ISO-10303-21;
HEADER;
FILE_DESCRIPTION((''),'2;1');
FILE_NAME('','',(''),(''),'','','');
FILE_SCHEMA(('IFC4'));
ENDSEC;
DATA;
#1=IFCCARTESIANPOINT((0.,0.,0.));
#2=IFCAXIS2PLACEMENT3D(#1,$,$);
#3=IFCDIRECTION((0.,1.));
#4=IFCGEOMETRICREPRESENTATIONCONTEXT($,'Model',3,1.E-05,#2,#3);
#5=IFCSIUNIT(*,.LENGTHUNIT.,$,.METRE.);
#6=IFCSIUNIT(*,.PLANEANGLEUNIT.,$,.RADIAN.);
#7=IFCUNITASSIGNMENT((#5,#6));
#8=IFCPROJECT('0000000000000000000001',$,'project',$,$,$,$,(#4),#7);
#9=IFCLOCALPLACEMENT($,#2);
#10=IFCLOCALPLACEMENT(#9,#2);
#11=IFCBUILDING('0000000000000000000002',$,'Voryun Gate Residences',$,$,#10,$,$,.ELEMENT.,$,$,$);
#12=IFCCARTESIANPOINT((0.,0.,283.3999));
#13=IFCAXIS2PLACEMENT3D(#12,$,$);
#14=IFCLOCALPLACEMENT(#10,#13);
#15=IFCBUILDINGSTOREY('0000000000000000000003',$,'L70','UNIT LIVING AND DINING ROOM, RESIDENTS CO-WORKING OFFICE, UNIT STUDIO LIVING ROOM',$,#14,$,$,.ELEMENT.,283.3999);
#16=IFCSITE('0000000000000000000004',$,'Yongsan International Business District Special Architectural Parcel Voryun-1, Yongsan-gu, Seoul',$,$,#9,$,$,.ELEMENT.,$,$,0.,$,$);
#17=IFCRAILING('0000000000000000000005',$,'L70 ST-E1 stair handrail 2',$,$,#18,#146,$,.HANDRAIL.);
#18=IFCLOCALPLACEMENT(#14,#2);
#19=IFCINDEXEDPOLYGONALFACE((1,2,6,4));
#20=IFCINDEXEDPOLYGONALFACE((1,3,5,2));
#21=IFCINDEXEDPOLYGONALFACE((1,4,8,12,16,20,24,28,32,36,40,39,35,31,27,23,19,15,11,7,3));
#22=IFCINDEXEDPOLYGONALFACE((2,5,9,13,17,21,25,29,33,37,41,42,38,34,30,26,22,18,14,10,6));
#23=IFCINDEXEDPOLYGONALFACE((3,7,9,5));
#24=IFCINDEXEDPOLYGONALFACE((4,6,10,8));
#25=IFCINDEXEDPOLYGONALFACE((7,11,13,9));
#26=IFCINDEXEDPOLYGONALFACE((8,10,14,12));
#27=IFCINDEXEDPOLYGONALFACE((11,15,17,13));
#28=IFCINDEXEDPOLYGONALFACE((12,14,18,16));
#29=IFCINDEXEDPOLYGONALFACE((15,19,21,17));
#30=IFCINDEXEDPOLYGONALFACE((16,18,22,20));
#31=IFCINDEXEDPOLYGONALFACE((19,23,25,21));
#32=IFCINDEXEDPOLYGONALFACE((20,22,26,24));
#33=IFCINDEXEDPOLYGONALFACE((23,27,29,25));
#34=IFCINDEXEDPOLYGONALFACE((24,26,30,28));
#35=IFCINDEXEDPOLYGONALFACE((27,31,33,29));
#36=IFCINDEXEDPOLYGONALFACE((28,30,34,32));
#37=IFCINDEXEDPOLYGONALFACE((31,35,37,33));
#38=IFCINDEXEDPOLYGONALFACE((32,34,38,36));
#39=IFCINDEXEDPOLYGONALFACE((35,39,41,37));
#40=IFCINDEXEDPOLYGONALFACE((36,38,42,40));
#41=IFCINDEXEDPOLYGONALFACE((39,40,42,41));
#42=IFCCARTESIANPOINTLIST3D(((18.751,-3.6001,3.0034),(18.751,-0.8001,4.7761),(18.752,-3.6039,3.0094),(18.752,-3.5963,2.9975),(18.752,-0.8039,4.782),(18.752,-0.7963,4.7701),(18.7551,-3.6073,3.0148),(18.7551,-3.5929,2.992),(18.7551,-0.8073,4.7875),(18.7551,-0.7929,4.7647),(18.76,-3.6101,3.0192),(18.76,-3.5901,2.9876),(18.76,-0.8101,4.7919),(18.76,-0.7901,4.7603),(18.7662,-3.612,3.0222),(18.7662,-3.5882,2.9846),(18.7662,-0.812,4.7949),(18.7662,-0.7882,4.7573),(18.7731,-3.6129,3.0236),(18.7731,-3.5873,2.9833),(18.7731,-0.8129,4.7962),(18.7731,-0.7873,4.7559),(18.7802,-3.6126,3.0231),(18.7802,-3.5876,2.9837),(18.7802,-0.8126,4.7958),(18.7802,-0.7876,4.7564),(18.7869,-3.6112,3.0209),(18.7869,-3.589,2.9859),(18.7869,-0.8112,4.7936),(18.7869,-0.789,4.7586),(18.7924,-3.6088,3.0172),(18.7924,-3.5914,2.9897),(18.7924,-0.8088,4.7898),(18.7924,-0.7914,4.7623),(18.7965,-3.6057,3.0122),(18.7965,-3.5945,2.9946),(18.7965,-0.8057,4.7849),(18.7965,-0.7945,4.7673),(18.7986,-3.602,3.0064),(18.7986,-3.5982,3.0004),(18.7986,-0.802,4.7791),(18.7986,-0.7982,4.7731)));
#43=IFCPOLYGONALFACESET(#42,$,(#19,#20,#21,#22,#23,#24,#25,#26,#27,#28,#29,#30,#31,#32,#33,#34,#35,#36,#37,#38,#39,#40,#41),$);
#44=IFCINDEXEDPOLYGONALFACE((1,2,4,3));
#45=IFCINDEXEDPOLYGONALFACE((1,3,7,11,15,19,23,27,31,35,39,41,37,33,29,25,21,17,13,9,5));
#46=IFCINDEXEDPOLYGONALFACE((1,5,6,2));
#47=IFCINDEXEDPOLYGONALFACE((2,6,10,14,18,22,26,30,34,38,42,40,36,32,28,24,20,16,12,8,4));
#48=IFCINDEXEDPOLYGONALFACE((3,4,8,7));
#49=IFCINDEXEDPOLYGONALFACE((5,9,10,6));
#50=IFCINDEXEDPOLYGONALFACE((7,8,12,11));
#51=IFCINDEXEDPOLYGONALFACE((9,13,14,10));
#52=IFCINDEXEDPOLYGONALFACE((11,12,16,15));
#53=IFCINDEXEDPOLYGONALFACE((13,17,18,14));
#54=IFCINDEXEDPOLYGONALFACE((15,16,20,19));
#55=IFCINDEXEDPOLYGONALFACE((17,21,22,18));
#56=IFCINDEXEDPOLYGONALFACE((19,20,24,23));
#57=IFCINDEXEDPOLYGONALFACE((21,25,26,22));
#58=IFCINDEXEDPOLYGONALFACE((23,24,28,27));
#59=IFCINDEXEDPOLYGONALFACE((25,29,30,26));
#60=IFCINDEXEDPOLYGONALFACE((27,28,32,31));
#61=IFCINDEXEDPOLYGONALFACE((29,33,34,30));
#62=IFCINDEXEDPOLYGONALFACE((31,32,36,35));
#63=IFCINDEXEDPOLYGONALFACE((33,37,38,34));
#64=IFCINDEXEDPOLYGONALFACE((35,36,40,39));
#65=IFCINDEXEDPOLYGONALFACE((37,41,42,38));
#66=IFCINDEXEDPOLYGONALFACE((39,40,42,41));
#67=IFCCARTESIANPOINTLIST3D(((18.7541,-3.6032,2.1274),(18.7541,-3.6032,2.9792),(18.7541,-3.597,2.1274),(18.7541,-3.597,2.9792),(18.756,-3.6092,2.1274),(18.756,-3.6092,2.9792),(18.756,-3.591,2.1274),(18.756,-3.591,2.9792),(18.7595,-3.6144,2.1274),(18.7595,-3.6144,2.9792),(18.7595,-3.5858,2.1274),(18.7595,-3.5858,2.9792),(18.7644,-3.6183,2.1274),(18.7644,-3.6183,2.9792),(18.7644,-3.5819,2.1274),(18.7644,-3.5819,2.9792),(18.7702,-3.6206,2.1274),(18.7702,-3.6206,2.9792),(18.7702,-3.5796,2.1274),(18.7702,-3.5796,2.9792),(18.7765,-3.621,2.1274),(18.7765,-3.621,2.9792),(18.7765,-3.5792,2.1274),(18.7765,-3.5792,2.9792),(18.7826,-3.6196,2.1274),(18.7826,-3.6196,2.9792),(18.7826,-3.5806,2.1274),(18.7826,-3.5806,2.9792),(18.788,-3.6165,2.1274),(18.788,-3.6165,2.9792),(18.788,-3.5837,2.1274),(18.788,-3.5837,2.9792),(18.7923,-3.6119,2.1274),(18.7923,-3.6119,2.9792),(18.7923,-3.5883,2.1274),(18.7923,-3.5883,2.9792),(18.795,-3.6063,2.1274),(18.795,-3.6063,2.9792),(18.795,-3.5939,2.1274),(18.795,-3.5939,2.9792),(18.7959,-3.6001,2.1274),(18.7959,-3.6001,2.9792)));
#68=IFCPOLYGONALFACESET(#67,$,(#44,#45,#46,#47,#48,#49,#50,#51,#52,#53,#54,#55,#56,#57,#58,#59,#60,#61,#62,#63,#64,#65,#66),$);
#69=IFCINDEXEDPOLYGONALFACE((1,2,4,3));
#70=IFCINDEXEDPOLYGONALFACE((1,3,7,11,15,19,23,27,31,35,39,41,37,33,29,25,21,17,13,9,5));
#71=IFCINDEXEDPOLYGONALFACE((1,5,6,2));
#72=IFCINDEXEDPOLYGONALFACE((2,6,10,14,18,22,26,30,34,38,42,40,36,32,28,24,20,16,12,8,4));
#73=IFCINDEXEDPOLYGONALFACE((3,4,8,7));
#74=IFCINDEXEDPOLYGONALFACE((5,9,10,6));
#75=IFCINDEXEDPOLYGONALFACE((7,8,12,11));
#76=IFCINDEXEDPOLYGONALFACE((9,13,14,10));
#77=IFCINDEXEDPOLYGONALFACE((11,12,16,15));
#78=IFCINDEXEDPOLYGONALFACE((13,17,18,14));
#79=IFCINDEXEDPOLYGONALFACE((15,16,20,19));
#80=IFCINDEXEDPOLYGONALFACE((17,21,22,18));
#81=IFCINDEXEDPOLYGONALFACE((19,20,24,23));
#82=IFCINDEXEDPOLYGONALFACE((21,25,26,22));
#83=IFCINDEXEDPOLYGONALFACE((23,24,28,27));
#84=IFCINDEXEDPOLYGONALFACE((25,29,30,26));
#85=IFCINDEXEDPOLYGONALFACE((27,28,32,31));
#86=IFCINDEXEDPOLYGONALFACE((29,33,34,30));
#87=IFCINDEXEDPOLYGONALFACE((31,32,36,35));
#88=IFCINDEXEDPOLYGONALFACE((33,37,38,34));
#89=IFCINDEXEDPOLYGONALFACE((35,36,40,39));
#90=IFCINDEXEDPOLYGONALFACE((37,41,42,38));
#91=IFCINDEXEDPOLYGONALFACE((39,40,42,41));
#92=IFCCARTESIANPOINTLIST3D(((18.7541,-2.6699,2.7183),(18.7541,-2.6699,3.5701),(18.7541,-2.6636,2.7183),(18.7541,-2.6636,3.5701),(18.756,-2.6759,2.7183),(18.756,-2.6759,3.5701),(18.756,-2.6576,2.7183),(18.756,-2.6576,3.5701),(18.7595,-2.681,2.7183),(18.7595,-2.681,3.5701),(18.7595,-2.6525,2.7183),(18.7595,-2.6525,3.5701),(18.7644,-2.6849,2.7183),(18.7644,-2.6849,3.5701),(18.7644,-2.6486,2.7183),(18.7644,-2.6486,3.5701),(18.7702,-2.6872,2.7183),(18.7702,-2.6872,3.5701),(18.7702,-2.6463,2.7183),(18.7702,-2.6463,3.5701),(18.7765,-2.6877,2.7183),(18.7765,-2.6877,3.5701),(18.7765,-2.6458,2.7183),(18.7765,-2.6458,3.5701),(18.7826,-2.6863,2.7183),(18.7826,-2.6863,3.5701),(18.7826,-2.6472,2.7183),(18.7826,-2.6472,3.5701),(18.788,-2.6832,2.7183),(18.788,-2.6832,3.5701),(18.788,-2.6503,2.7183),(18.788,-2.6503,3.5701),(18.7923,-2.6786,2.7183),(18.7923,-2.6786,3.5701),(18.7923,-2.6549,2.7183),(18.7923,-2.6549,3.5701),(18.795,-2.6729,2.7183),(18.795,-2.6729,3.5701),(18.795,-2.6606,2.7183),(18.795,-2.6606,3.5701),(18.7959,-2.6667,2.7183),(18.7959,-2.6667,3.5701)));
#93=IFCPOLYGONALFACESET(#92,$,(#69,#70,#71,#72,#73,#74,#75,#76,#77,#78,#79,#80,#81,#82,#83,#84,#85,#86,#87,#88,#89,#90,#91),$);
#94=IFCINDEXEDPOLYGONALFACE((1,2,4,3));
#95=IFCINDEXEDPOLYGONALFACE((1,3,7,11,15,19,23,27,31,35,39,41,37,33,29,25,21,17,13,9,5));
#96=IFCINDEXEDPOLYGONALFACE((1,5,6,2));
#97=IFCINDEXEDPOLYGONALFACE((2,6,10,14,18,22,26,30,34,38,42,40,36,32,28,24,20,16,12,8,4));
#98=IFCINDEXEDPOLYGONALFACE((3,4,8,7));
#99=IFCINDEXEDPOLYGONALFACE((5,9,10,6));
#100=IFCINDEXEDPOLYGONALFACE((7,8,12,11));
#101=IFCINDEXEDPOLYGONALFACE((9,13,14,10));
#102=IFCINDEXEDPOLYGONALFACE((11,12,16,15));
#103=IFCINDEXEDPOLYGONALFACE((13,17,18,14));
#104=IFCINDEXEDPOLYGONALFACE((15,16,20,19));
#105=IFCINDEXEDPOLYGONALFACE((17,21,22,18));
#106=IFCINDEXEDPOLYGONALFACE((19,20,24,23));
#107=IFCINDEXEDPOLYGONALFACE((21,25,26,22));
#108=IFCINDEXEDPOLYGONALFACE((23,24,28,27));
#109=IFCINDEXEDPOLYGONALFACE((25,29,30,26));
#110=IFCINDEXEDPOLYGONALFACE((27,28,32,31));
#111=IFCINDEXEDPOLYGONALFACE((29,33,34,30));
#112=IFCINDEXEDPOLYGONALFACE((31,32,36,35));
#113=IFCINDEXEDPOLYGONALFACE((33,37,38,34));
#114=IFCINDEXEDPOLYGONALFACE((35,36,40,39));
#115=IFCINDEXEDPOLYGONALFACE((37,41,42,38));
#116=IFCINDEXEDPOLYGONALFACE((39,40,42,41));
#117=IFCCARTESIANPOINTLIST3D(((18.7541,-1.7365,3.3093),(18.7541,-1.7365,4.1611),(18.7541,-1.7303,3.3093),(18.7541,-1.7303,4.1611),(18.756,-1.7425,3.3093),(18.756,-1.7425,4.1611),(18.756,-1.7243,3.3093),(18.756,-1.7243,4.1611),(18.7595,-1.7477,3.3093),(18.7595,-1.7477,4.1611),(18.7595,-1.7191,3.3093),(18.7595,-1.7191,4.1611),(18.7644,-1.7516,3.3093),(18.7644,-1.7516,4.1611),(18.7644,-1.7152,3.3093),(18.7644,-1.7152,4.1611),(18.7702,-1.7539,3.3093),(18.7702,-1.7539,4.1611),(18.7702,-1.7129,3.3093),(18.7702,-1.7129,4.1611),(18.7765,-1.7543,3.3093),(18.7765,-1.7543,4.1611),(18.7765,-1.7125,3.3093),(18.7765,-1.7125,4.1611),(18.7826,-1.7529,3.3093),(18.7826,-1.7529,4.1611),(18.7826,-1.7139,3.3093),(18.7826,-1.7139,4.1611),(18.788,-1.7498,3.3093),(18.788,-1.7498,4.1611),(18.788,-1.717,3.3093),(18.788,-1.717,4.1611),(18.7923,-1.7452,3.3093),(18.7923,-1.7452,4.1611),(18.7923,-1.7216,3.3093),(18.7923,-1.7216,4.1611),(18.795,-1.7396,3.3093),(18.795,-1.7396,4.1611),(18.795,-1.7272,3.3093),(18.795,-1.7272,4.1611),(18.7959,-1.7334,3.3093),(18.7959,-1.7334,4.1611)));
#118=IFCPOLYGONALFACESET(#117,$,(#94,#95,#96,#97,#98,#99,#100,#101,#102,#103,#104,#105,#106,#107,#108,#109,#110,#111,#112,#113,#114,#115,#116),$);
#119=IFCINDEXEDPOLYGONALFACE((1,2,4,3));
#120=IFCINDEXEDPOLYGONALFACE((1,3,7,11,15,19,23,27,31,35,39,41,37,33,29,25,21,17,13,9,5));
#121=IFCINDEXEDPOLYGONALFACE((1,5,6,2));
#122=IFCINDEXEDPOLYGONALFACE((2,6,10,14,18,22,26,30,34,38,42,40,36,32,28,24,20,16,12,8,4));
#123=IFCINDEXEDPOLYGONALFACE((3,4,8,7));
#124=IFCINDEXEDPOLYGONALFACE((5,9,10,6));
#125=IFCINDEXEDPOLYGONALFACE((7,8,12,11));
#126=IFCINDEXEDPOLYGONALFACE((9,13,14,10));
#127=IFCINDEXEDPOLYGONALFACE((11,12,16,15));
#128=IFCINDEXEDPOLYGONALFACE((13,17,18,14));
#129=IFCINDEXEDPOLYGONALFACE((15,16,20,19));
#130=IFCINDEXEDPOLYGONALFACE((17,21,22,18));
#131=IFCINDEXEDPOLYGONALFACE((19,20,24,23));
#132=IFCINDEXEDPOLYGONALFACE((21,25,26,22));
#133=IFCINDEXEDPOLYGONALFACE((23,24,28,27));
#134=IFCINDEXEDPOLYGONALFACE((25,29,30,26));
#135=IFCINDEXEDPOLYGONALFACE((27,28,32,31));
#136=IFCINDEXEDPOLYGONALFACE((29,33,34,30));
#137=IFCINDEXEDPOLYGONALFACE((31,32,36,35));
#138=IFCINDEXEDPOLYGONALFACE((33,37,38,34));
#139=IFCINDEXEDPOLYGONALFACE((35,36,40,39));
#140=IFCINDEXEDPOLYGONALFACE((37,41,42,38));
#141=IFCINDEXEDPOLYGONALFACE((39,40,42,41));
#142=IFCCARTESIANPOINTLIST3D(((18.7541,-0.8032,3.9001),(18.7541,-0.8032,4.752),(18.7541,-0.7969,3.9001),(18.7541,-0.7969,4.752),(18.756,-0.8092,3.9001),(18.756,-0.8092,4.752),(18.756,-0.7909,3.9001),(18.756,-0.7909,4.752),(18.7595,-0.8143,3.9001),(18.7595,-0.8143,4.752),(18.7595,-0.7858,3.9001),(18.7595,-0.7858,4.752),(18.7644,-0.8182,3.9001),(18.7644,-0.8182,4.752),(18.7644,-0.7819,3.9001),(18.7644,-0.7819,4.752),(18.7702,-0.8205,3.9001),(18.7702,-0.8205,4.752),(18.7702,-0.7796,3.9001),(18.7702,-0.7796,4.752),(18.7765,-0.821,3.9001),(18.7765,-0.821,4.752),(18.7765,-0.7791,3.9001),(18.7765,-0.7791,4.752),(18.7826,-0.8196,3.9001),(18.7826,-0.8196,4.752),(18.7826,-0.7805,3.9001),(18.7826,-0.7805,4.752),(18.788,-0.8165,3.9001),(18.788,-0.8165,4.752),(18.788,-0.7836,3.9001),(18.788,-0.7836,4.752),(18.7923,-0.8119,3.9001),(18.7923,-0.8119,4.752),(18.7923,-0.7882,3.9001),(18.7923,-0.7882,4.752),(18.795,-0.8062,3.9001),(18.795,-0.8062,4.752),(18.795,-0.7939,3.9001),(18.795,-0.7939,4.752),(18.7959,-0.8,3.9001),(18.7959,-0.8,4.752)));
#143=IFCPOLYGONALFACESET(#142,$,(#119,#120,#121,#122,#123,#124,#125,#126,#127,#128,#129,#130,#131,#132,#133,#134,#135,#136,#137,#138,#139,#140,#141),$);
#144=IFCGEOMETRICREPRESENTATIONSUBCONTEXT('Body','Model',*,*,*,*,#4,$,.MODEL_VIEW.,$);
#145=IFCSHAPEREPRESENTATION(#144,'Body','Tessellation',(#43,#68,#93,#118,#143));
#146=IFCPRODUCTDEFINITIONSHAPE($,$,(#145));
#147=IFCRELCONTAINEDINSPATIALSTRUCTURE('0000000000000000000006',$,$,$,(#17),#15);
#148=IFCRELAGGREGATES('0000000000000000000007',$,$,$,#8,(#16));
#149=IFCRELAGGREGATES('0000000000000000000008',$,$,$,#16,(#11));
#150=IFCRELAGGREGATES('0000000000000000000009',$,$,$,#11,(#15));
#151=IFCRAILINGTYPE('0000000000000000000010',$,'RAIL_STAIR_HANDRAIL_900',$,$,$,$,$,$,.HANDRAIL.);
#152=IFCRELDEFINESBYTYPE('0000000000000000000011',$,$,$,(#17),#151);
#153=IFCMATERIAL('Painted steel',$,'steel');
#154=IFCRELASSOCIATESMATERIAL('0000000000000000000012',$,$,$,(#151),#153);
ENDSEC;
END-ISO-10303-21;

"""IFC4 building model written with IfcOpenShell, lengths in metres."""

from ifc_helpers import new_model, si_unit, direction, frame, origin, origin_2d, place, context, subcontext, project, spatial, circle, extrude, material, type_object, element, save


model = new_model("IFC4")

# Units and contexts
model_context = context("Model", 3, precision=1e-05, world=origin(), true_north=direction((0.0, 1.0)))
body_context = subcontext(model_context, "Body", "Model", "MODEL_VIEW")
ifc_project = project(units=[si_unit("LENGTHUNIT", "METRE"), si_unit("PLANEANGLEUNIT", "RADIAN")], contexts=[model_context])

# Site, building, storey
site_placement = place(None, origin())
site = spatial("IfcSite", under=ifc_project, at=site_placement, Name="Yongsan International Business District Special Architectural Parcel Voryun-1, Yongsan-gu, Seoul", CompositionType="ELEMENT", RefElevation=0.0)
building_placement = place(site_placement, origin())
building = spatial("IfcBuilding", under=site, at=building_placement, Name="Voryun Gate Residences", CompositionType="ELEMENT")
storey_placement = place(building_placement, frame((0.0, 0.0, 283.3999)))
storey = spatial("IfcBuildingStorey", under=building, at=storey_placement, Name="L70", Description="UNIT LIVING AND DINING ROOM, RESIDENTS CO-WORKING OFFICE, UNIT STUDIO LIVING ROOM", CompositionType="ELEMENT", Elevation=283.3999)

# Railing
ifc_material_1 = material(Name="Painted steel", Category="steel")
railing_type_1 = type_object("IfcRailingType", Name="RAIL_STAIR_HANDRAIL_900", PredefinedType="HANDRAIL", material=ifc_material_1)
railing_1_placement = place(storey_placement, frame((18.7749, -3.6001, 2.1274)))
element("IfcRailing", 1, at=railing_1_placement, inside=storey, type_object=railing_type_1, Name="L70 ST-E1 stair handrail 2", PredefinedType="HANDRAIL", context=body_context, shape_type="SweptSolid", body=[
    extrude(circle(Radius=0.0239, at=origin_2d()), frame((0.0, 0.0, 0.876), z_axis=(0.0, 0.844909, 0.53491), x_axis=(-1.0, 0.0, 0.0)), (0.0, 0.0, 1.0), 3.314),
    extrude(circle(Radius=0.021, at=origin_2d()), origin(), (0.0, 0.0, 1.0), 0.8518),
    extrude(circle(Radius=0.021, at=origin_2d()), frame((0.0, 0.9333, 0.5908)), (0.0, 0.0, 1.0), 0.8518),
    extrude(circle(Radius=0.021, at=origin_2d()), frame((0.0, 1.8667, 1.1819)), (0.0, 0.0, 1.0), 0.8518),
    extrude(circle(Radius=0.021, at=origin_2d()), frame((0.0, 2.8, 1.7727)), (0.0, 0.0, 1.0), 0.8518),
])

save(model, "model.ifc")
